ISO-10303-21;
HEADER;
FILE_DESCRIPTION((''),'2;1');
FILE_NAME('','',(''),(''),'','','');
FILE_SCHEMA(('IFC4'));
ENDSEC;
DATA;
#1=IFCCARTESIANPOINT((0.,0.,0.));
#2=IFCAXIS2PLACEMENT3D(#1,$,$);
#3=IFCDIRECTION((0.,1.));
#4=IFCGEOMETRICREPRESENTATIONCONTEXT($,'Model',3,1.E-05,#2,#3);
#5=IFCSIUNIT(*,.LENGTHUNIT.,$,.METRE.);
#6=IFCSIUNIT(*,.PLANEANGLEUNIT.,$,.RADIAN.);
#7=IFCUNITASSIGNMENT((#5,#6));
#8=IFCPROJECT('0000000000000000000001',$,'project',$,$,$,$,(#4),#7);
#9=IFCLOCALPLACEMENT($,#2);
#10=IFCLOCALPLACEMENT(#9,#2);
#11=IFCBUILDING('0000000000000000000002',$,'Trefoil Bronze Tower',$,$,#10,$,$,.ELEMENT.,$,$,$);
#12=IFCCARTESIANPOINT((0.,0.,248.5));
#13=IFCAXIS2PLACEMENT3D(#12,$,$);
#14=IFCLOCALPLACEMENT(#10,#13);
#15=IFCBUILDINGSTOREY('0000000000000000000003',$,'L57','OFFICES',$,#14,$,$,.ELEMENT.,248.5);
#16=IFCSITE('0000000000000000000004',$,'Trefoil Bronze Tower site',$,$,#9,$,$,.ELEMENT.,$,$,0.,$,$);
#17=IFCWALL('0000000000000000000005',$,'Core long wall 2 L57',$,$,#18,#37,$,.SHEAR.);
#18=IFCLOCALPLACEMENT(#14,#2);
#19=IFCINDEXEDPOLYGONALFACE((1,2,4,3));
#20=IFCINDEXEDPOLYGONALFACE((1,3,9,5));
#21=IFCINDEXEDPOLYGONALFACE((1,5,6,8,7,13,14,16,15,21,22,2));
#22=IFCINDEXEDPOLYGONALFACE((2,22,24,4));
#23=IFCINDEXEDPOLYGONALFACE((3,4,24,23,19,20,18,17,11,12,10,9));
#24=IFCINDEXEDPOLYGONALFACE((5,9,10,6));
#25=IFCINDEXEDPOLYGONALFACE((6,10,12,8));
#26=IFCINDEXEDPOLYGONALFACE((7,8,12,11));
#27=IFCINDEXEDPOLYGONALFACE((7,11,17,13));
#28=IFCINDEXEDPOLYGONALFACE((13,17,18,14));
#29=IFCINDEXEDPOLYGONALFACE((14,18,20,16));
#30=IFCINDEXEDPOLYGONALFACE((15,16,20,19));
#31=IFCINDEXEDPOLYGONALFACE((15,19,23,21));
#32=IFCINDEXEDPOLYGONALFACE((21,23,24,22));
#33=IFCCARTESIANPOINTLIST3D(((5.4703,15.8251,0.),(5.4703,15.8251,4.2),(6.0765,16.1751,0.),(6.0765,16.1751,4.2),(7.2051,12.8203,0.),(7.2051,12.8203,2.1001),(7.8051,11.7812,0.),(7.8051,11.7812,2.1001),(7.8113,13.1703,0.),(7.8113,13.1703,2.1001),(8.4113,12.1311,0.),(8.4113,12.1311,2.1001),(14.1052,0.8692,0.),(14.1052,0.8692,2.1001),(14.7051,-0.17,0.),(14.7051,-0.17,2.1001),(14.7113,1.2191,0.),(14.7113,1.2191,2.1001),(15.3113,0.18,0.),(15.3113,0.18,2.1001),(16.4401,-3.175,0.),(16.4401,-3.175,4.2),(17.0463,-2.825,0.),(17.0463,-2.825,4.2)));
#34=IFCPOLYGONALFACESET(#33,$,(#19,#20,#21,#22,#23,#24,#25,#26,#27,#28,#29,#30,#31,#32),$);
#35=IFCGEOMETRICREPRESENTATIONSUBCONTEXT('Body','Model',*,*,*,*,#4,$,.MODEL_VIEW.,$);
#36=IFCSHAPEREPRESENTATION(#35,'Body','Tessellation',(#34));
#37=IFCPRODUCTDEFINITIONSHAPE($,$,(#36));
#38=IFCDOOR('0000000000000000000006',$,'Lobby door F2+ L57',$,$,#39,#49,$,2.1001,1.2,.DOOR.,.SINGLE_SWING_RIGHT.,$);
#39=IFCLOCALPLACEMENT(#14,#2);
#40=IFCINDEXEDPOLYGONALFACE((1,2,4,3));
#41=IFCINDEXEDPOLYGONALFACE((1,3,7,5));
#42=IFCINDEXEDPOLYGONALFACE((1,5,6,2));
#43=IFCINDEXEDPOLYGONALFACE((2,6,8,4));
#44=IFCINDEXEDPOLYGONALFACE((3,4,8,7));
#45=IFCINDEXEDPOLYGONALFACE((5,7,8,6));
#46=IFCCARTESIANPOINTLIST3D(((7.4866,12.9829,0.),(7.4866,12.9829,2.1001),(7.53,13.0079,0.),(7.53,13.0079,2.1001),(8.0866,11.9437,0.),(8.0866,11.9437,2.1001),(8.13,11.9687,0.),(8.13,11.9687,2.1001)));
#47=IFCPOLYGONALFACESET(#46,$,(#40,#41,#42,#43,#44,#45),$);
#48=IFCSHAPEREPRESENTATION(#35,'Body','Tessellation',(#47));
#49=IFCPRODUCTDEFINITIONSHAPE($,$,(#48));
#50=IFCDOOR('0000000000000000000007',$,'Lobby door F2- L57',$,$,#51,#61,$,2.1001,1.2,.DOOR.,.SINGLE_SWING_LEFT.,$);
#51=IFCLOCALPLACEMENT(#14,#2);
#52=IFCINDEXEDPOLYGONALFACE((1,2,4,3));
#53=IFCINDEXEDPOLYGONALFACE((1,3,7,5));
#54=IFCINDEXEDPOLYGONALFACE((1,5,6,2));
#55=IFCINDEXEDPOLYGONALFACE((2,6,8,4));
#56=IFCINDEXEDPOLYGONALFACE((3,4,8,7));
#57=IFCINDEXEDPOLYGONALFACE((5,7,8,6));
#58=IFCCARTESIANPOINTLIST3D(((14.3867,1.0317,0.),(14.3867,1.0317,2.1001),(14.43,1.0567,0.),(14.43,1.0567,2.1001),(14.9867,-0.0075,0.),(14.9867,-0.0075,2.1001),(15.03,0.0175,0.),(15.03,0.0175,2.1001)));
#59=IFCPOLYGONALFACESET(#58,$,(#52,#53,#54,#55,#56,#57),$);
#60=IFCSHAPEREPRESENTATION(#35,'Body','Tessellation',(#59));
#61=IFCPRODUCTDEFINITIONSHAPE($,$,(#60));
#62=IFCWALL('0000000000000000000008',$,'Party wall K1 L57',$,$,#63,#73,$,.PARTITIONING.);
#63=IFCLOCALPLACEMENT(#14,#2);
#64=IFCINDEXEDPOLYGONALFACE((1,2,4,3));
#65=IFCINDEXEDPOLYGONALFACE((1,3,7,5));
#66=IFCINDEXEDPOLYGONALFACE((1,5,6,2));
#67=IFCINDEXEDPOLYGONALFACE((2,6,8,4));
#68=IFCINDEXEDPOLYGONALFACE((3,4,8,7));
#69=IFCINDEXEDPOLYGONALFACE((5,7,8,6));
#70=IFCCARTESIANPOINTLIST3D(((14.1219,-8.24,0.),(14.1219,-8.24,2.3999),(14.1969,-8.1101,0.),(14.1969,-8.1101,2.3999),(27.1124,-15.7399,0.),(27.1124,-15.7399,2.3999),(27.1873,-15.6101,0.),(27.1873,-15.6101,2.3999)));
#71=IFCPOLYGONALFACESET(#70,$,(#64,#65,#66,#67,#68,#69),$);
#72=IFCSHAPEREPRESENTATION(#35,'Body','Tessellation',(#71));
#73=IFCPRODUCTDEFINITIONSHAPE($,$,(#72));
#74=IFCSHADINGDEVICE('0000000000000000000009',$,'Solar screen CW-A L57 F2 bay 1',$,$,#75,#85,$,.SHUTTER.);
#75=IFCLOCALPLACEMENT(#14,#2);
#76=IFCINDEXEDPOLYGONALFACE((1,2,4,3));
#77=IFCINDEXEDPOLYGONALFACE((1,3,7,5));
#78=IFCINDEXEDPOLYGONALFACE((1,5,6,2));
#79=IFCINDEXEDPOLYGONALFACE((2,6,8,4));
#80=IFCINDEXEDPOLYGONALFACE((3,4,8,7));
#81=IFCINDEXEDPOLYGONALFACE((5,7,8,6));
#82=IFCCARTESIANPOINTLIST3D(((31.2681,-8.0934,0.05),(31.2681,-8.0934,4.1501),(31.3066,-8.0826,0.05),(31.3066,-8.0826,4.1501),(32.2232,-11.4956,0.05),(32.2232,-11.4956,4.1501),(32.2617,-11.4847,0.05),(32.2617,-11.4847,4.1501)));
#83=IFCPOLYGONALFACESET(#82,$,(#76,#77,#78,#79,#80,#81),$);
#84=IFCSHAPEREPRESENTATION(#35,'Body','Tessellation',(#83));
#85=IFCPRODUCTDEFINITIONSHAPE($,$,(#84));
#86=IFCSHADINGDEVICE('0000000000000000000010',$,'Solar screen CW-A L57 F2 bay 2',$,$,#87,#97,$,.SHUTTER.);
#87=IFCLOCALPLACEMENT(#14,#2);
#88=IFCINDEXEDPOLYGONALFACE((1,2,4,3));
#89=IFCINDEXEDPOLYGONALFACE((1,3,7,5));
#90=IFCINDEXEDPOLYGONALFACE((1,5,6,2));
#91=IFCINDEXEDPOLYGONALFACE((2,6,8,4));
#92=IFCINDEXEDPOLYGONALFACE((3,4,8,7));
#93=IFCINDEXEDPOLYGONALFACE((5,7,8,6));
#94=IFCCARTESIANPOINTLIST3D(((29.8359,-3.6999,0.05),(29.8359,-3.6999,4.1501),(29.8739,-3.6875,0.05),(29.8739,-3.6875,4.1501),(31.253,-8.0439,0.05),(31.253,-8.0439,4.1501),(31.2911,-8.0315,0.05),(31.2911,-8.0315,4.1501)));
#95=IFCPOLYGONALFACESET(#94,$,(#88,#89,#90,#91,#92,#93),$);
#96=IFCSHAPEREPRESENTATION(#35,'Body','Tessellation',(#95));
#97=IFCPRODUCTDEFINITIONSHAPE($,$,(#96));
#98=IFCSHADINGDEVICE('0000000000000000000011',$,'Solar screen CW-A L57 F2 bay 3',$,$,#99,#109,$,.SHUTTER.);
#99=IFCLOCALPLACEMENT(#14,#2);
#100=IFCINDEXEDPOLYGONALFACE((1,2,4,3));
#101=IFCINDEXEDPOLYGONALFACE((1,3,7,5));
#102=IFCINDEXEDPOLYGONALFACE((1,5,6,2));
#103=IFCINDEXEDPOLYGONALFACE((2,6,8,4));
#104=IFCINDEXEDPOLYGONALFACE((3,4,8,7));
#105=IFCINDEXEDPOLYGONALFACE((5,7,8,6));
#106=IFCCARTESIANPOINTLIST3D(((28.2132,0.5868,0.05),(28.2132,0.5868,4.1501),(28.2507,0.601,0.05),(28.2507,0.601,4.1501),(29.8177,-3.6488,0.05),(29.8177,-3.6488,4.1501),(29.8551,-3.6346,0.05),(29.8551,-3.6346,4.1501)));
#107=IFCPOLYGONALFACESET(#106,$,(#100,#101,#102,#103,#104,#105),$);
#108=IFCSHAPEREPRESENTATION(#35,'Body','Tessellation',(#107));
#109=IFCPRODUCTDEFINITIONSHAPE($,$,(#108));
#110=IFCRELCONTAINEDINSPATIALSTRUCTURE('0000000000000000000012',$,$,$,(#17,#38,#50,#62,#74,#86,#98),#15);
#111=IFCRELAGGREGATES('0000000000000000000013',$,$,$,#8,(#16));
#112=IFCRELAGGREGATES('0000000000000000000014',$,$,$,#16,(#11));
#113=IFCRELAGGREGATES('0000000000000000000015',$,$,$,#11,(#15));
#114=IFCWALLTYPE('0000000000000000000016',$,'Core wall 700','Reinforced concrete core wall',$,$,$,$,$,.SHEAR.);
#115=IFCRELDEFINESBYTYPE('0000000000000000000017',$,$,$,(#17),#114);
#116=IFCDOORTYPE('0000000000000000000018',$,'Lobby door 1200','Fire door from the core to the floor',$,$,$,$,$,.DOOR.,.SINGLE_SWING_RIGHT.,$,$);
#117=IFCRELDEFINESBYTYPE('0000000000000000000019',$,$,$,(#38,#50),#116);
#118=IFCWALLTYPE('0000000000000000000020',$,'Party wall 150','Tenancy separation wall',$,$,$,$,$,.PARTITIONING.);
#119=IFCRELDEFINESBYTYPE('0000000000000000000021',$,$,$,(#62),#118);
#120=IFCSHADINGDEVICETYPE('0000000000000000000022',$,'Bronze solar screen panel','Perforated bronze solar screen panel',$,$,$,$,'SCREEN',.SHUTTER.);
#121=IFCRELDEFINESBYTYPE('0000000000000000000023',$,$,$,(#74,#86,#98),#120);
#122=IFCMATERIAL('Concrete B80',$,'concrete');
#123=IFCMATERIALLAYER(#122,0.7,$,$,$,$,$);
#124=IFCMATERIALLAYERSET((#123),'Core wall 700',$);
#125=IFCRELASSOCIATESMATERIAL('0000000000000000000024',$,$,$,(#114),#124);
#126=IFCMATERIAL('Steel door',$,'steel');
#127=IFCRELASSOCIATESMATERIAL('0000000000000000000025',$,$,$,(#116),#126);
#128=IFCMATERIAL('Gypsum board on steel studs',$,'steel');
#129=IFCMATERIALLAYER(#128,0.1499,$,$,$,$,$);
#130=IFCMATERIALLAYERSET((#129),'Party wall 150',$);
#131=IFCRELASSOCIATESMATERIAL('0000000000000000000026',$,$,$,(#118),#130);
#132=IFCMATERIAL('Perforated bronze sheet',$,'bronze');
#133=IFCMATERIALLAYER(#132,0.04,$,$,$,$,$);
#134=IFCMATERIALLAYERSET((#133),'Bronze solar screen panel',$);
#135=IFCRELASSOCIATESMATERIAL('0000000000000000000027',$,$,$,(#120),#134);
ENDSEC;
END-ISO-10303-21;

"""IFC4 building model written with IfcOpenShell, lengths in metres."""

from ifc_helpers import new_model, si_unit, direction, frame, frame_2d, origin, origin_2d, place, context, subcontext, project, spatial, rectangle, extrude, material, layer, layer_set, type_object, element, fill, save


model = new_model("IFC4")

# Units and contexts
model_context = context("Model", 3, precision=1e-05, world=origin(), true_north=direction((0.0, 1.0)))
body_context = subcontext(model_context, "Body", "Model", "MODEL_VIEW")
ifc_project = project(units=[si_unit("LENGTHUNIT", "METRE"), si_unit("PLANEANGLEUNIT", "RADIAN")], contexts=[model_context])

# Site, building, storey
site_placement = place(None, origin())
site = spatial("IfcSite", under=ifc_project, at=site_placement, Name="Trefoil Bronze Tower site", CompositionType="ELEMENT", RefElevation=0.0)
building_placement = place(site_placement, origin())
building = spatial("IfcBuilding", under=site, at=building_placement, Name="Trefoil Bronze Tower", CompositionType="ELEMENT")
storey_placement = place(building_placement, frame((0.0, 0.0, 248.5)))
storey = spatial("IfcBuildingStorey", under=building, at=storey_placement, Name="L57", Description="OFFICES", CompositionType="ELEMENT", Elevation=248.5)

# Wall, openings, doors
ifc_material_1 = material(Name="Concrete B80", Category="concrete")
ifc_layer_1 = layer(ifc_material_1, 0.7)
ifc_layer_set_1 = layer_set([ifc_layer_1], Name="Core wall 700")
wall_type_1 = type_object("IfcWallType", Name="Core wall 700", Description="Reinforced concrete core wall", PredefinedType="SHEAR", material=ifc_layer_set_1)
wall_1_placement = place(storey_placement, frame((16.7432, -3.0, 0.0), z_axis=(0.0, 0.0, 1.0), x_axis=(-0.500002, 0.866024, 0.0)))
wall_1 = element("IfcWall", 1, at=wall_1_placement, inside=storey, type_object=wall_type_1, Name="Core long wall 2 L57", PredefinedType="SHEAR", context=body_context, shape_type="SweptSolid", body=[
    extrude(rectangle(XDim=21.9395, YDim=0.7, at=frame_2d((10.9697, 0.0))), origin(), (0.0, 0.0, 1.0), 4.2),
])
opening_1_placement = place(wall_1_placement, frame((17.2698, 0.0, 0.0)))
opening_1 = element("IfcOpeningElement", 2, at=opening_1_placement, cuts=wall_1, PredefinedType="OPENING", context=body_context, shape_type="SweptSolid", body=[
    extrude(rectangle(XDim=1.2, YDim=2.1001, at=frame_2d((0.6001, 1.05))), frame((0.0, 0.3599, 0.0), z_axis=(0.0, -1.0, 0.0), x_axis=(1.0, 0.0, 0.0)), (0.0, 0.0, 1.0), 0.72),
])
opening_2_placement = place(wall_1_placement, frame((3.4697, 0.0, 0.0)))
opening_2 = element("IfcOpeningElement", 3, at=opening_2_placement, cuts=wall_1, PredefinedType="OPENING", context=body_context, shape_type="SweptSolid", body=[
    extrude(rectangle(XDim=1.2, YDim=2.1001, at=frame_2d((0.6001, 1.05))), frame((0.0, 0.3599, 0.0), z_axis=(0.0, -1.0, 0.0), x_axis=(1.0, 0.0, 0.0)), (0.0, 0.0, 1.0), 0.72),
])
ifc_material_2 = material(Name="Steel door", Category="steel")
door_type_1 = type_object("IfcDoorType", Name="Lobby door 1200", Description="Fire door from the core to the floor", OperationType="SINGLE_SWING_RIGHT", PredefinedType="DOOR", material=ifc_material_2)
door_1_placement = place(opening_1_placement, origin())
door_1 = element("IfcDoor", 4, at=door_1_placement, inside=storey, type_object=door_type_1, Name="Lobby door F2+ L57", OperationType="SINGLE_SWING_RIGHT", OverallHeight=2.1001, OverallWidth=1.2, PredefinedType="DOOR", context=body_context, shape_type="SweptSolid", body=[
    extrude(rectangle(XDim=1.2, YDim=2.1001, at=frame_2d((0.6001, 1.05))), frame((0.0, 0.0249, 0.0), z_axis=(0.0, -1.0, 0.0), x_axis=(1.0, 0.0, 0.0)), (0.0, 0.0, 1.0), 0.05),
])
fill(opening_1, door_1)
door_2_placement = place(opening_2_placement, origin())
door_2 = element("IfcDoor", 5, at=door_2_placement, inside=storey, type_object=door_type_1, Name="Lobby door F2- L57", OperationType="SINGLE_SWING_LEFT", OverallHeight=2.1001, OverallWidth=1.2, PredefinedType="DOOR", context=body_context, shape_type="SweptSolid", body=[
    extrude(rectangle(XDim=1.2, YDim=2.1001, at=frame_2d((0.6001, 1.05))), frame((0.0, 0.0249, 0.0), z_axis=(0.0, -1.0, 0.0), x_axis=(1.0, 0.0, 0.0)), (0.0, 0.0, 1.0), 0.05),
])
fill(opening_2, door_2)

# Wall
ifc_material_3 = material(Name="Gypsum board on steel studs", Category="steel")
ifc_layer_2 = layer(ifc_material_3, 0.1499)
ifc_layer_set_2 = layer_set([ifc_layer_2], Name="Party wall 150")
wall_type_2 = type_object("IfcWallType", Name="Party wall 150", Description="Tenancy separation wall", PredefinedType="PARTITIONING", material=ifc_layer_set_2)
wall_2_placement = place(storey_placement, frame((14.1594, -8.175, 0.0), z_axis=(0.0, 0.0, 1.0), x_axis=(0.866027, -0.499997, 0.0)))
element("IfcWall", 6, at=wall_2_placement, inside=storey, type_object=wall_type_2, Name="Party wall K1 L57", PredefinedType="PARTITIONING", context=body_context, shape_type="SweptSolid", body=[
    extrude(rectangle(XDim=15.0, YDim=0.1499, at=frame_2d((7.5, 0.0))), origin(), (0.0, 0.0, 1.0), 2.3999),
])

# Shading devices
ifc_material_4 = material(Name="Perforated bronze sheet", Category="bronze")
ifc_layer_3 = layer(ifc_material_4, 0.04)
ifc_layer_set_3 = layer_set([ifc_layer_3], Name="Bronze solar screen panel")
shading_device_type = type_object("IfcShadingDeviceType", Name="Bronze solar screen panel", Description="Perforated bronze solar screen panel", ElementType="SCREEN", PredefinedType="SHUTTER", material=ifc_layer_set_3)
shading_device_1_placement = place(storey_placement, frame((31.7649, -9.7891, 0.05), z_axis=(0.0, 0.0, 1.0), x_axis=(-0.270282, 0.962781, 0.0)))
element("IfcShadingDevice", 7, at=shading_device_1_placement, inside=storey, type_object=shading_device_type, Name="Solar screen CW-A L57 F2 bay 1", PredefinedType="SHUTTER", context=body_context, shape_type="SweptSolid", body=[
    extrude(rectangle(XDim=3.5337, YDim=0.04, at=origin_2d()), origin(), (0.0, 0.0, 1.0), 4.1001),
])
shading_device_2_placement = place(storey_placement, frame((30.5635, -5.8657, 0.05), z_axis=(0.0, 0.0, 1.0), x_axis=(-0.310149, 0.950688, 0.0)))
element("IfcShadingDevice", 8, at=shading_device_2_placement, inside=storey, type_object=shading_device_type, Name="Solar screen CW-A L57 F2 bay 2", PredefinedType="SHUTTER", context=body_context, shape_type="SweptSolid", body=[
    extrude(rectangle(XDim=4.5693, YDim=0.04, at=origin_2d()), origin(), (0.0, 0.0, 1.0), 4.1001),
])
shading_device_3_placement = place(storey_placement, frame((29.0342, -1.5239, 0.05), z_axis=(0.0, 0.0, 1.0), x_axis=(-0.354234, 0.935157, 0.0)))
element("IfcShadingDevice", 9, at=shading_device_3_placement, inside=storey, type_object=shading_device_type, Name="Solar screen CW-A L57 F2 bay 3", PredefinedType="SHUTTER", context=body_context, shape_type="SweptSolid", body=[
    extrude(rectangle(XDim=4.5293, YDim=0.04, at=origin_2d()), origin(), (0.0, 0.0, 1.0), 4.1001),
])

save(model, "model.ifc")
